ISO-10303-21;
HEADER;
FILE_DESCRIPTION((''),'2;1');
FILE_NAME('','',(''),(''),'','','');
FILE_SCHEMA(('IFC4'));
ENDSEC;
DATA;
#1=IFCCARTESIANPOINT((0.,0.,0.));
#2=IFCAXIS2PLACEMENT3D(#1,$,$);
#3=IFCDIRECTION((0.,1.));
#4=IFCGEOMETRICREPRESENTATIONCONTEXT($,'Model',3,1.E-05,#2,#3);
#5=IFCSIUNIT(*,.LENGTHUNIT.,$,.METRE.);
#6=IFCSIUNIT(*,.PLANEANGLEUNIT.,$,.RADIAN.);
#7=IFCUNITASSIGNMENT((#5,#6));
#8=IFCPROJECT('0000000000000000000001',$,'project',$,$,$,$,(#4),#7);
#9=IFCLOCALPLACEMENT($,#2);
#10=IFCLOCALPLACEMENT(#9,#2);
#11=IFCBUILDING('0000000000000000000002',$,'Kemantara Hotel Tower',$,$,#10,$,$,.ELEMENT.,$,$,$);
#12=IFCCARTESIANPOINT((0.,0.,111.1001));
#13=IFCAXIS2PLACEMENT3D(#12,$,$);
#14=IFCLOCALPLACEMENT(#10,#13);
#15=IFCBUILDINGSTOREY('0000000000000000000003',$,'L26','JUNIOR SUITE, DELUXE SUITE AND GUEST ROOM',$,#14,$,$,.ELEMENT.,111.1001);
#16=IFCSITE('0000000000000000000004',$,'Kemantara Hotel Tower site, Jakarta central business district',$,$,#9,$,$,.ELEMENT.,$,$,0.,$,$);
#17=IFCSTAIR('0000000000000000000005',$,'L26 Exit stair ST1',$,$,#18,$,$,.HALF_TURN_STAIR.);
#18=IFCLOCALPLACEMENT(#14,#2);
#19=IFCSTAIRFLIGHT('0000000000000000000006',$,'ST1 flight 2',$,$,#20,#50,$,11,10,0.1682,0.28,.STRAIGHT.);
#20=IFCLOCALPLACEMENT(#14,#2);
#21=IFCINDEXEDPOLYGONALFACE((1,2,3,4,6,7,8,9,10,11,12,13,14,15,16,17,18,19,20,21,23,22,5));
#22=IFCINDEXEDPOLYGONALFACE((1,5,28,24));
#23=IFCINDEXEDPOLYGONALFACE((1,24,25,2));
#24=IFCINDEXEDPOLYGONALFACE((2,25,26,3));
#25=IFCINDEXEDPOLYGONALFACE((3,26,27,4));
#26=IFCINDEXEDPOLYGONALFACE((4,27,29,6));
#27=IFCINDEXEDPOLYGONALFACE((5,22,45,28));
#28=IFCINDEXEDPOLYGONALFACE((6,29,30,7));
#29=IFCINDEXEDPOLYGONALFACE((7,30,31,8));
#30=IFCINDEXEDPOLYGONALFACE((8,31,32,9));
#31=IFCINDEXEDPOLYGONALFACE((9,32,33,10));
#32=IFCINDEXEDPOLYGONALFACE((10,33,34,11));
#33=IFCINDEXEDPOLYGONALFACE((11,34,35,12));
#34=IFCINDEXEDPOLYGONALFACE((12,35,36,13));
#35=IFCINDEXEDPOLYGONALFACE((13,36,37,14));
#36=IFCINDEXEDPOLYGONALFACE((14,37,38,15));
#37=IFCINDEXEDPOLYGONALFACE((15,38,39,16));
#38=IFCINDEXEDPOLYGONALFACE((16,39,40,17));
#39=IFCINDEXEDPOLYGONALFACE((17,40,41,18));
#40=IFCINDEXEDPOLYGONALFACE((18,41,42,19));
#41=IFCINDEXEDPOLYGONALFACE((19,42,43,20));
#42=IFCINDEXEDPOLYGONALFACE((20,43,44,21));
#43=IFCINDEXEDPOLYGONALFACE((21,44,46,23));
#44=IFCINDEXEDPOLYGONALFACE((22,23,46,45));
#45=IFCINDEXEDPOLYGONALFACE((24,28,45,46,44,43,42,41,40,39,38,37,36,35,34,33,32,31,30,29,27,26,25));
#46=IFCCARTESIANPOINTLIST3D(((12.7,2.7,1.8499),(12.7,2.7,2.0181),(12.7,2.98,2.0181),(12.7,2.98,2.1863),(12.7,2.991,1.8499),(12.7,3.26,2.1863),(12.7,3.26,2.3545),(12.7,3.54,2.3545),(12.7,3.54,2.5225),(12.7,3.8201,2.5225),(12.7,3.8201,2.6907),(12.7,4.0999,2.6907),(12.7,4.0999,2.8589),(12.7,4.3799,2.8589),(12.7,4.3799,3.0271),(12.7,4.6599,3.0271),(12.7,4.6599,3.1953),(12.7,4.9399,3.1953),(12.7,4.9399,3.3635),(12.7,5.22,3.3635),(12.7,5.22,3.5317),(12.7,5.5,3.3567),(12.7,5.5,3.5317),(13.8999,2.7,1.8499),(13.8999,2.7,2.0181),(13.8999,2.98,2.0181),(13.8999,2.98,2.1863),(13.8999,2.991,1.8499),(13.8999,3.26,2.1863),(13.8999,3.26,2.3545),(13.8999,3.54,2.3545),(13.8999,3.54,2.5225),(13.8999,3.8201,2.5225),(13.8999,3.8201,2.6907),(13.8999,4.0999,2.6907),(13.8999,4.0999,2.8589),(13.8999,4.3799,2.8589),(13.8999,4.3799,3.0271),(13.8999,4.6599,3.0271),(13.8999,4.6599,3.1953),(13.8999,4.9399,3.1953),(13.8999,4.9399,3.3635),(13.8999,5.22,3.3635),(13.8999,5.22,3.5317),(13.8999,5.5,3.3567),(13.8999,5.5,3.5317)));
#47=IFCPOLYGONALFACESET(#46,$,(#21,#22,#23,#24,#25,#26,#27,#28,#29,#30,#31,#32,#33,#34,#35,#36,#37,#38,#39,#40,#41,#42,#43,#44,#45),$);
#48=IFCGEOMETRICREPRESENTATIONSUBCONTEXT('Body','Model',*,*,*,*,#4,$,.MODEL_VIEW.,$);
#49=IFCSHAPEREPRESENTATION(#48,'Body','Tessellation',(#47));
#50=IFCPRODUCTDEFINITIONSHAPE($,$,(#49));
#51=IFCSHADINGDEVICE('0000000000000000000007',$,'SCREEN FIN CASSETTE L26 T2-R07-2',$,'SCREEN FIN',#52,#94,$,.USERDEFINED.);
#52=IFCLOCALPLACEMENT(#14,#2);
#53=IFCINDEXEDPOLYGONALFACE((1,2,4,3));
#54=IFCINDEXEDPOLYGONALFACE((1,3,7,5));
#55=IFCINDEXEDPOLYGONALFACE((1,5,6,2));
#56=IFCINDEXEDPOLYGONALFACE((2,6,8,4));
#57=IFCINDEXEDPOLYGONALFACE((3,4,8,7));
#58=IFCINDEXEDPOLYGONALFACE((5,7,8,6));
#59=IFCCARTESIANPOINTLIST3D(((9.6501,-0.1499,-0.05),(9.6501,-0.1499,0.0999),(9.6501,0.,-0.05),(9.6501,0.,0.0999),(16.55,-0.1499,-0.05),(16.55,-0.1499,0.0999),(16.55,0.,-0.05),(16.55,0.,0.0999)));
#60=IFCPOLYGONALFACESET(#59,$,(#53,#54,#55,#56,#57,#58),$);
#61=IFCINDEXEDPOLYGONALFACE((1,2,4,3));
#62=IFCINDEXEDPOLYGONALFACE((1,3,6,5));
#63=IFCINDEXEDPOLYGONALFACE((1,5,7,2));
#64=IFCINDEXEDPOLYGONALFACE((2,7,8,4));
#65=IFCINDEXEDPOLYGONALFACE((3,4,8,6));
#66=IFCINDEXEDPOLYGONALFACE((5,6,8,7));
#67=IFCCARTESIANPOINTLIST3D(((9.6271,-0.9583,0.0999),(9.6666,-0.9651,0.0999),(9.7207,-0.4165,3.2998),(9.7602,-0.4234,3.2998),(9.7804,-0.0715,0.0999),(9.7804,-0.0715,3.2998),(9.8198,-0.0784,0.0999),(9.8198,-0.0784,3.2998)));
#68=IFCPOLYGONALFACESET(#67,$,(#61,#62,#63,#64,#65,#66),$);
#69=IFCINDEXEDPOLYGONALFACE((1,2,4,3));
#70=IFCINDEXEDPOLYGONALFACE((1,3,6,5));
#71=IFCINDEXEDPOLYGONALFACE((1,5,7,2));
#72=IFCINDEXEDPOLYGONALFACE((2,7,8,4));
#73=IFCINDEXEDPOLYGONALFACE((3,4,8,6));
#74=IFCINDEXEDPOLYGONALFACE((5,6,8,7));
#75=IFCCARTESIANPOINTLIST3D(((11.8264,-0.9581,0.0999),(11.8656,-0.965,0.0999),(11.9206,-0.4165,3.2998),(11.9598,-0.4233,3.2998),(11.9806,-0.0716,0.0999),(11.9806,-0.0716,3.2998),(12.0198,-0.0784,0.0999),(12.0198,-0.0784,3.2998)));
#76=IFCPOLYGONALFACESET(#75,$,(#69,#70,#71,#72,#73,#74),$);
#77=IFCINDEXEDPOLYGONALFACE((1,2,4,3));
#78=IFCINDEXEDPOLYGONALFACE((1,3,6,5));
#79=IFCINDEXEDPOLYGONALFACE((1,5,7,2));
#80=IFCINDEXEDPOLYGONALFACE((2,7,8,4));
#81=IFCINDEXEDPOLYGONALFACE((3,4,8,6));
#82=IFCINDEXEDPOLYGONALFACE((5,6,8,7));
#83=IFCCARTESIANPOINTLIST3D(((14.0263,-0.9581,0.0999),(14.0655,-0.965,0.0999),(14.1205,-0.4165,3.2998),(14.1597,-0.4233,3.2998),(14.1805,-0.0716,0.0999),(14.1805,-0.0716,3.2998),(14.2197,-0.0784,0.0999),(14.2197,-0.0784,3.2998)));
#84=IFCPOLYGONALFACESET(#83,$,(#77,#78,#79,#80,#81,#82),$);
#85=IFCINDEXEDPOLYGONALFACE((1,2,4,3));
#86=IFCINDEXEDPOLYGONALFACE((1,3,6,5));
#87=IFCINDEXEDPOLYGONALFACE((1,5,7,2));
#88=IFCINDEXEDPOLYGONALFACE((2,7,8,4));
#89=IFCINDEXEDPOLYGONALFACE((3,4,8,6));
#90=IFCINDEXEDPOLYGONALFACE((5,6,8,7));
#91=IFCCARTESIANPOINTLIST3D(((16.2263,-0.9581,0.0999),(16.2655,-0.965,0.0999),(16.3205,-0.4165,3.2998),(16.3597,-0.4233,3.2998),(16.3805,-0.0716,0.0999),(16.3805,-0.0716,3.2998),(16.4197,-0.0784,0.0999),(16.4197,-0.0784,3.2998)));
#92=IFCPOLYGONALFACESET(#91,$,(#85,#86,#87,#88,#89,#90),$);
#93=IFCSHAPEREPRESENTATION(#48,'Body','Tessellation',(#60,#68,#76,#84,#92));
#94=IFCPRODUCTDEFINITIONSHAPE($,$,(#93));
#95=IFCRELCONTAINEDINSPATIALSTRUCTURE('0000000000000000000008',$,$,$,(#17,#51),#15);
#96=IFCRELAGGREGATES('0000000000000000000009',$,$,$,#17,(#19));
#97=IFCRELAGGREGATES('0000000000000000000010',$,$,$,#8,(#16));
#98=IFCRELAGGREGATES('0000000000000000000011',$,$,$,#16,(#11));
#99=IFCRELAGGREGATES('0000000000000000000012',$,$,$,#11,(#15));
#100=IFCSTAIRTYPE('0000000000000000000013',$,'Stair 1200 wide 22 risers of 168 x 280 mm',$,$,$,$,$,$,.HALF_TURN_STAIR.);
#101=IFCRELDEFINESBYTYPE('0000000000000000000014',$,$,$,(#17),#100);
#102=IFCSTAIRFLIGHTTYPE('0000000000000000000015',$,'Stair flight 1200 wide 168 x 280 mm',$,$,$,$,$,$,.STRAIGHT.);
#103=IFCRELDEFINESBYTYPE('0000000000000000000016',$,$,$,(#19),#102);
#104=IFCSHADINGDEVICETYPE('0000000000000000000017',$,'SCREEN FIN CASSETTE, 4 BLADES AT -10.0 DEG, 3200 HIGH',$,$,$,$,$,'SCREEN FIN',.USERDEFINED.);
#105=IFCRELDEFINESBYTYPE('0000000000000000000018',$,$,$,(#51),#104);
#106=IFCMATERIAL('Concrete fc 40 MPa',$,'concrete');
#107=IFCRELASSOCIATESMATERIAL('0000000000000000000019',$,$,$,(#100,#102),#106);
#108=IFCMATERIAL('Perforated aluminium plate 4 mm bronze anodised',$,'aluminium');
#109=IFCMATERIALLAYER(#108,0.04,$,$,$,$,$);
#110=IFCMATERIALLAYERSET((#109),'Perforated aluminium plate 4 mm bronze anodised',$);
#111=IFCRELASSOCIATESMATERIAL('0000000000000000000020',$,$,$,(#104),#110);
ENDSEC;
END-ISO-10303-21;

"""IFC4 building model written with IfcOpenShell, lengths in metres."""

from ifc_helpers import new_model, si_unit, direction, frame, origin, origin_2d, place, context, subcontext, project, spatial, polyline, rectangle, outline, extrude, source, transform, mapped, material, layer, layer_set, type_object, element, aggregate, save


model = new_model("IFC4")

# Units and contexts
model_context = context("Model", 3, precision=1e-05, world=origin(), true_north=direction((0.0, 1.0)))
body_context = subcontext(model_context, "Body", "Model", "MODEL_VIEW")
ifc_project = project(units=[si_unit("LENGTHUNIT", "METRE"), si_unit("PLANEANGLEUNIT", "RADIAN")], contexts=[model_context])

# Site, building, storey
site_placement = place(None, origin())
site = spatial("IfcSite", under=ifc_project, at=site_placement, Name="Kemantara Hotel Tower site, Jakarta central business district", CompositionType="ELEMENT", RefElevation=0.0)
building_placement = place(site_placement, origin())
building = spatial("IfcBuilding", under=site, at=building_placement, Name="Kemantara Hotel Tower", CompositionType="ELEMENT")
storey_placement = place(building_placement, frame((0.0, 0.0, 111.1001)))
storey = spatial("IfcBuildingStorey", under=building, at=storey_placement, Name="L26", Description="JUNIOR SUITE, DELUXE SUITE AND GUEST ROOM", CompositionType="ELEMENT", Elevation=111.1001)

# Stair, stair flight
ifc_material_1 = material(Name="Concrete fc 40 MPa", Category="concrete")
stair_type = type_object("IfcStairType", Name="Stair 1200 wide 22 risers of 168 x 280 mm", PredefinedType="HALF_TURN_STAIR", material=ifc_material_1)
stair_placement = place(storey_placement, origin())
stair = element("IfcStair", 1, at=stair_placement, inside=storey, type_object=stair_type, Name="L26 Exit stair ST1", PredefinedType="HALF_TURN_STAIR")
stair_flight_type = type_object("IfcStairFlightType", Name="Stair flight 1200 wide 168 x 280 mm", PredefinedType="STRAIGHT", material=ifc_material_1)
stair_flight_placement = place(storey_placement, frame((13.3, 2.7, 1.8499), z_axis=(0.0, 0.0, 1.0), x_axis=(0.0, 1.0, 0.0)))
stair_flight = element("IfcStairFlight", 2, at=stair_flight_placement, type_object=stair_flight_type, Name="ST1 flight 2", NumberOfRisers=11, NumberOfTreads=10, PredefinedType="STRAIGHT", RiserHeight=0.1682, TreadLength=0.28, context=body_context, shape_type="SweptSolid", body=[
    extrude(outline(polyline([(0.0, 0.0), (0.0, 0.1682), (0.28, 0.1682), (0.28, 0.3364), (0.5601, 0.3364), (0.5601, 0.5046), (0.8401, 0.5046), (0.8401, 0.6726), (1.1201, 0.6726), (1.1201, 0.8408), (1.3999, 0.8408), (1.3999, 1.009), (1.6799, 1.009), (1.6799, 1.1772), (1.96, 1.1772), (1.96, 1.3455), (2.24, 1.3455), (2.24, 1.5137), (2.52, 1.5137), (2.52, 1.6819), (2.8, 1.6819), (2.8, 1.8501), (2.8, 1.5068), (0.291, 0.0), (0.0, 0.0)])), frame((0.0, 0.6001, 0.0), z_axis=(0.0, -1.0, 0.0), x_axis=(1.0, 0.0, 0.0)), (0.0, 0.0, 1.0), 1.2),
])
aggregate(stair, [stair_flight])

# Shading device
ifc_material_2 = material(Name="Perforated aluminium plate 4 mm bronze anodised", Category="aluminium")
ifc_layer_1 = layer(ifc_material_2, 0.04)
ifc_layer_set_1 = layer_set([ifc_layer_1], Name="Perforated aluminium plate 4 mm bronze anodised")
shading_device_type = type_object("IfcShadingDeviceType", Name="SCREEN FIN CASSETTE, 4 BLADES AT -10.0 DEG, 3200 HIGH", ElementType="SCREEN FIN", PredefinedType="USERDEFINED", material=ifc_layer_set_1)
shared_shape = source(origin(), body_context, "Body", "SweptSolid", [
    extrude(rectangle(XDim=6.8999, YDim=0.1499, at=origin_2d()), frame((3.3, -0.075, -0.1499), z_axis=(0.0, 0.0, 1.0), x_axis=(1.0, 0.0, 0.0)), (0.0, 0.0, 1.0), 0.1499),
    extrude(outline(polyline([(0.0, 0.0), (0.8999, 0.0), (0.3501, 3.2), (0.0, 3.2), (0.0, 0.0)])), frame((0.0198, -0.0784, 0.0), z_axis=(-0.98539, 0.170314, 0.0), x_axis=(-0.170314, -0.98539, 0.0)), (0.0, 0.0, 1.0), 0.04),
    extrude(outline(polyline([(0.0, 0.0), (0.8999, 0.0), (0.3501, 3.2), (0.0, 3.2), (0.0, 0.0)])), frame((2.2197, -0.0784, 0.0), z_axis=(-0.985212, 0.171341, 0.0), x_axis=(-0.171341, -0.985212, 0.0)), (0.0, 0.0, 1.0), 0.0398),
    extrude(outline(polyline([(0.0, 0.0), (0.8999, 0.0), (0.3501, 3.2), (0.0, 3.2), (0.0, 0.0)])), frame((4.4197, -0.0784, 0.0), z_axis=(-0.985212, 0.171341, 0.0), x_axis=(-0.171341, -0.985212, 0.0)), (0.0, 0.0, 1.0), 0.0398),
    extrude(outline(polyline([(0.0, 0.0), (0.8999, 0.0), (0.3501, 3.2), (0.0, 3.2), (0.0, 0.0)])), frame((6.6196, -0.0784, 0.0), z_axis=(-0.985212, 0.171341, 0.0), x_axis=(-0.171341, -0.985212, 0.0)), (0.0, 0.0, 1.0), 0.0398),
])
shading_device_placement = place(storey_placement, frame((9.8, 0.0, 0.0999), z_axis=(0.0, 0.0, 1.0), x_axis=(1.0, 0.0, 0.0)))
element("IfcShadingDevice", 3, at=shading_device_placement, inside=storey, type_object=shading_device_type, Name="SCREEN FIN CASSETTE L26 T2-R07-2", ObjectType="SCREEN FIN", PredefinedType="USERDEFINED", context=body_context, shape_type="MappedRepresentation", body=[
    mapped(shared_shape, transform((0.0, 0.0, 0.0))),
])

save(model, "model.ifc")
